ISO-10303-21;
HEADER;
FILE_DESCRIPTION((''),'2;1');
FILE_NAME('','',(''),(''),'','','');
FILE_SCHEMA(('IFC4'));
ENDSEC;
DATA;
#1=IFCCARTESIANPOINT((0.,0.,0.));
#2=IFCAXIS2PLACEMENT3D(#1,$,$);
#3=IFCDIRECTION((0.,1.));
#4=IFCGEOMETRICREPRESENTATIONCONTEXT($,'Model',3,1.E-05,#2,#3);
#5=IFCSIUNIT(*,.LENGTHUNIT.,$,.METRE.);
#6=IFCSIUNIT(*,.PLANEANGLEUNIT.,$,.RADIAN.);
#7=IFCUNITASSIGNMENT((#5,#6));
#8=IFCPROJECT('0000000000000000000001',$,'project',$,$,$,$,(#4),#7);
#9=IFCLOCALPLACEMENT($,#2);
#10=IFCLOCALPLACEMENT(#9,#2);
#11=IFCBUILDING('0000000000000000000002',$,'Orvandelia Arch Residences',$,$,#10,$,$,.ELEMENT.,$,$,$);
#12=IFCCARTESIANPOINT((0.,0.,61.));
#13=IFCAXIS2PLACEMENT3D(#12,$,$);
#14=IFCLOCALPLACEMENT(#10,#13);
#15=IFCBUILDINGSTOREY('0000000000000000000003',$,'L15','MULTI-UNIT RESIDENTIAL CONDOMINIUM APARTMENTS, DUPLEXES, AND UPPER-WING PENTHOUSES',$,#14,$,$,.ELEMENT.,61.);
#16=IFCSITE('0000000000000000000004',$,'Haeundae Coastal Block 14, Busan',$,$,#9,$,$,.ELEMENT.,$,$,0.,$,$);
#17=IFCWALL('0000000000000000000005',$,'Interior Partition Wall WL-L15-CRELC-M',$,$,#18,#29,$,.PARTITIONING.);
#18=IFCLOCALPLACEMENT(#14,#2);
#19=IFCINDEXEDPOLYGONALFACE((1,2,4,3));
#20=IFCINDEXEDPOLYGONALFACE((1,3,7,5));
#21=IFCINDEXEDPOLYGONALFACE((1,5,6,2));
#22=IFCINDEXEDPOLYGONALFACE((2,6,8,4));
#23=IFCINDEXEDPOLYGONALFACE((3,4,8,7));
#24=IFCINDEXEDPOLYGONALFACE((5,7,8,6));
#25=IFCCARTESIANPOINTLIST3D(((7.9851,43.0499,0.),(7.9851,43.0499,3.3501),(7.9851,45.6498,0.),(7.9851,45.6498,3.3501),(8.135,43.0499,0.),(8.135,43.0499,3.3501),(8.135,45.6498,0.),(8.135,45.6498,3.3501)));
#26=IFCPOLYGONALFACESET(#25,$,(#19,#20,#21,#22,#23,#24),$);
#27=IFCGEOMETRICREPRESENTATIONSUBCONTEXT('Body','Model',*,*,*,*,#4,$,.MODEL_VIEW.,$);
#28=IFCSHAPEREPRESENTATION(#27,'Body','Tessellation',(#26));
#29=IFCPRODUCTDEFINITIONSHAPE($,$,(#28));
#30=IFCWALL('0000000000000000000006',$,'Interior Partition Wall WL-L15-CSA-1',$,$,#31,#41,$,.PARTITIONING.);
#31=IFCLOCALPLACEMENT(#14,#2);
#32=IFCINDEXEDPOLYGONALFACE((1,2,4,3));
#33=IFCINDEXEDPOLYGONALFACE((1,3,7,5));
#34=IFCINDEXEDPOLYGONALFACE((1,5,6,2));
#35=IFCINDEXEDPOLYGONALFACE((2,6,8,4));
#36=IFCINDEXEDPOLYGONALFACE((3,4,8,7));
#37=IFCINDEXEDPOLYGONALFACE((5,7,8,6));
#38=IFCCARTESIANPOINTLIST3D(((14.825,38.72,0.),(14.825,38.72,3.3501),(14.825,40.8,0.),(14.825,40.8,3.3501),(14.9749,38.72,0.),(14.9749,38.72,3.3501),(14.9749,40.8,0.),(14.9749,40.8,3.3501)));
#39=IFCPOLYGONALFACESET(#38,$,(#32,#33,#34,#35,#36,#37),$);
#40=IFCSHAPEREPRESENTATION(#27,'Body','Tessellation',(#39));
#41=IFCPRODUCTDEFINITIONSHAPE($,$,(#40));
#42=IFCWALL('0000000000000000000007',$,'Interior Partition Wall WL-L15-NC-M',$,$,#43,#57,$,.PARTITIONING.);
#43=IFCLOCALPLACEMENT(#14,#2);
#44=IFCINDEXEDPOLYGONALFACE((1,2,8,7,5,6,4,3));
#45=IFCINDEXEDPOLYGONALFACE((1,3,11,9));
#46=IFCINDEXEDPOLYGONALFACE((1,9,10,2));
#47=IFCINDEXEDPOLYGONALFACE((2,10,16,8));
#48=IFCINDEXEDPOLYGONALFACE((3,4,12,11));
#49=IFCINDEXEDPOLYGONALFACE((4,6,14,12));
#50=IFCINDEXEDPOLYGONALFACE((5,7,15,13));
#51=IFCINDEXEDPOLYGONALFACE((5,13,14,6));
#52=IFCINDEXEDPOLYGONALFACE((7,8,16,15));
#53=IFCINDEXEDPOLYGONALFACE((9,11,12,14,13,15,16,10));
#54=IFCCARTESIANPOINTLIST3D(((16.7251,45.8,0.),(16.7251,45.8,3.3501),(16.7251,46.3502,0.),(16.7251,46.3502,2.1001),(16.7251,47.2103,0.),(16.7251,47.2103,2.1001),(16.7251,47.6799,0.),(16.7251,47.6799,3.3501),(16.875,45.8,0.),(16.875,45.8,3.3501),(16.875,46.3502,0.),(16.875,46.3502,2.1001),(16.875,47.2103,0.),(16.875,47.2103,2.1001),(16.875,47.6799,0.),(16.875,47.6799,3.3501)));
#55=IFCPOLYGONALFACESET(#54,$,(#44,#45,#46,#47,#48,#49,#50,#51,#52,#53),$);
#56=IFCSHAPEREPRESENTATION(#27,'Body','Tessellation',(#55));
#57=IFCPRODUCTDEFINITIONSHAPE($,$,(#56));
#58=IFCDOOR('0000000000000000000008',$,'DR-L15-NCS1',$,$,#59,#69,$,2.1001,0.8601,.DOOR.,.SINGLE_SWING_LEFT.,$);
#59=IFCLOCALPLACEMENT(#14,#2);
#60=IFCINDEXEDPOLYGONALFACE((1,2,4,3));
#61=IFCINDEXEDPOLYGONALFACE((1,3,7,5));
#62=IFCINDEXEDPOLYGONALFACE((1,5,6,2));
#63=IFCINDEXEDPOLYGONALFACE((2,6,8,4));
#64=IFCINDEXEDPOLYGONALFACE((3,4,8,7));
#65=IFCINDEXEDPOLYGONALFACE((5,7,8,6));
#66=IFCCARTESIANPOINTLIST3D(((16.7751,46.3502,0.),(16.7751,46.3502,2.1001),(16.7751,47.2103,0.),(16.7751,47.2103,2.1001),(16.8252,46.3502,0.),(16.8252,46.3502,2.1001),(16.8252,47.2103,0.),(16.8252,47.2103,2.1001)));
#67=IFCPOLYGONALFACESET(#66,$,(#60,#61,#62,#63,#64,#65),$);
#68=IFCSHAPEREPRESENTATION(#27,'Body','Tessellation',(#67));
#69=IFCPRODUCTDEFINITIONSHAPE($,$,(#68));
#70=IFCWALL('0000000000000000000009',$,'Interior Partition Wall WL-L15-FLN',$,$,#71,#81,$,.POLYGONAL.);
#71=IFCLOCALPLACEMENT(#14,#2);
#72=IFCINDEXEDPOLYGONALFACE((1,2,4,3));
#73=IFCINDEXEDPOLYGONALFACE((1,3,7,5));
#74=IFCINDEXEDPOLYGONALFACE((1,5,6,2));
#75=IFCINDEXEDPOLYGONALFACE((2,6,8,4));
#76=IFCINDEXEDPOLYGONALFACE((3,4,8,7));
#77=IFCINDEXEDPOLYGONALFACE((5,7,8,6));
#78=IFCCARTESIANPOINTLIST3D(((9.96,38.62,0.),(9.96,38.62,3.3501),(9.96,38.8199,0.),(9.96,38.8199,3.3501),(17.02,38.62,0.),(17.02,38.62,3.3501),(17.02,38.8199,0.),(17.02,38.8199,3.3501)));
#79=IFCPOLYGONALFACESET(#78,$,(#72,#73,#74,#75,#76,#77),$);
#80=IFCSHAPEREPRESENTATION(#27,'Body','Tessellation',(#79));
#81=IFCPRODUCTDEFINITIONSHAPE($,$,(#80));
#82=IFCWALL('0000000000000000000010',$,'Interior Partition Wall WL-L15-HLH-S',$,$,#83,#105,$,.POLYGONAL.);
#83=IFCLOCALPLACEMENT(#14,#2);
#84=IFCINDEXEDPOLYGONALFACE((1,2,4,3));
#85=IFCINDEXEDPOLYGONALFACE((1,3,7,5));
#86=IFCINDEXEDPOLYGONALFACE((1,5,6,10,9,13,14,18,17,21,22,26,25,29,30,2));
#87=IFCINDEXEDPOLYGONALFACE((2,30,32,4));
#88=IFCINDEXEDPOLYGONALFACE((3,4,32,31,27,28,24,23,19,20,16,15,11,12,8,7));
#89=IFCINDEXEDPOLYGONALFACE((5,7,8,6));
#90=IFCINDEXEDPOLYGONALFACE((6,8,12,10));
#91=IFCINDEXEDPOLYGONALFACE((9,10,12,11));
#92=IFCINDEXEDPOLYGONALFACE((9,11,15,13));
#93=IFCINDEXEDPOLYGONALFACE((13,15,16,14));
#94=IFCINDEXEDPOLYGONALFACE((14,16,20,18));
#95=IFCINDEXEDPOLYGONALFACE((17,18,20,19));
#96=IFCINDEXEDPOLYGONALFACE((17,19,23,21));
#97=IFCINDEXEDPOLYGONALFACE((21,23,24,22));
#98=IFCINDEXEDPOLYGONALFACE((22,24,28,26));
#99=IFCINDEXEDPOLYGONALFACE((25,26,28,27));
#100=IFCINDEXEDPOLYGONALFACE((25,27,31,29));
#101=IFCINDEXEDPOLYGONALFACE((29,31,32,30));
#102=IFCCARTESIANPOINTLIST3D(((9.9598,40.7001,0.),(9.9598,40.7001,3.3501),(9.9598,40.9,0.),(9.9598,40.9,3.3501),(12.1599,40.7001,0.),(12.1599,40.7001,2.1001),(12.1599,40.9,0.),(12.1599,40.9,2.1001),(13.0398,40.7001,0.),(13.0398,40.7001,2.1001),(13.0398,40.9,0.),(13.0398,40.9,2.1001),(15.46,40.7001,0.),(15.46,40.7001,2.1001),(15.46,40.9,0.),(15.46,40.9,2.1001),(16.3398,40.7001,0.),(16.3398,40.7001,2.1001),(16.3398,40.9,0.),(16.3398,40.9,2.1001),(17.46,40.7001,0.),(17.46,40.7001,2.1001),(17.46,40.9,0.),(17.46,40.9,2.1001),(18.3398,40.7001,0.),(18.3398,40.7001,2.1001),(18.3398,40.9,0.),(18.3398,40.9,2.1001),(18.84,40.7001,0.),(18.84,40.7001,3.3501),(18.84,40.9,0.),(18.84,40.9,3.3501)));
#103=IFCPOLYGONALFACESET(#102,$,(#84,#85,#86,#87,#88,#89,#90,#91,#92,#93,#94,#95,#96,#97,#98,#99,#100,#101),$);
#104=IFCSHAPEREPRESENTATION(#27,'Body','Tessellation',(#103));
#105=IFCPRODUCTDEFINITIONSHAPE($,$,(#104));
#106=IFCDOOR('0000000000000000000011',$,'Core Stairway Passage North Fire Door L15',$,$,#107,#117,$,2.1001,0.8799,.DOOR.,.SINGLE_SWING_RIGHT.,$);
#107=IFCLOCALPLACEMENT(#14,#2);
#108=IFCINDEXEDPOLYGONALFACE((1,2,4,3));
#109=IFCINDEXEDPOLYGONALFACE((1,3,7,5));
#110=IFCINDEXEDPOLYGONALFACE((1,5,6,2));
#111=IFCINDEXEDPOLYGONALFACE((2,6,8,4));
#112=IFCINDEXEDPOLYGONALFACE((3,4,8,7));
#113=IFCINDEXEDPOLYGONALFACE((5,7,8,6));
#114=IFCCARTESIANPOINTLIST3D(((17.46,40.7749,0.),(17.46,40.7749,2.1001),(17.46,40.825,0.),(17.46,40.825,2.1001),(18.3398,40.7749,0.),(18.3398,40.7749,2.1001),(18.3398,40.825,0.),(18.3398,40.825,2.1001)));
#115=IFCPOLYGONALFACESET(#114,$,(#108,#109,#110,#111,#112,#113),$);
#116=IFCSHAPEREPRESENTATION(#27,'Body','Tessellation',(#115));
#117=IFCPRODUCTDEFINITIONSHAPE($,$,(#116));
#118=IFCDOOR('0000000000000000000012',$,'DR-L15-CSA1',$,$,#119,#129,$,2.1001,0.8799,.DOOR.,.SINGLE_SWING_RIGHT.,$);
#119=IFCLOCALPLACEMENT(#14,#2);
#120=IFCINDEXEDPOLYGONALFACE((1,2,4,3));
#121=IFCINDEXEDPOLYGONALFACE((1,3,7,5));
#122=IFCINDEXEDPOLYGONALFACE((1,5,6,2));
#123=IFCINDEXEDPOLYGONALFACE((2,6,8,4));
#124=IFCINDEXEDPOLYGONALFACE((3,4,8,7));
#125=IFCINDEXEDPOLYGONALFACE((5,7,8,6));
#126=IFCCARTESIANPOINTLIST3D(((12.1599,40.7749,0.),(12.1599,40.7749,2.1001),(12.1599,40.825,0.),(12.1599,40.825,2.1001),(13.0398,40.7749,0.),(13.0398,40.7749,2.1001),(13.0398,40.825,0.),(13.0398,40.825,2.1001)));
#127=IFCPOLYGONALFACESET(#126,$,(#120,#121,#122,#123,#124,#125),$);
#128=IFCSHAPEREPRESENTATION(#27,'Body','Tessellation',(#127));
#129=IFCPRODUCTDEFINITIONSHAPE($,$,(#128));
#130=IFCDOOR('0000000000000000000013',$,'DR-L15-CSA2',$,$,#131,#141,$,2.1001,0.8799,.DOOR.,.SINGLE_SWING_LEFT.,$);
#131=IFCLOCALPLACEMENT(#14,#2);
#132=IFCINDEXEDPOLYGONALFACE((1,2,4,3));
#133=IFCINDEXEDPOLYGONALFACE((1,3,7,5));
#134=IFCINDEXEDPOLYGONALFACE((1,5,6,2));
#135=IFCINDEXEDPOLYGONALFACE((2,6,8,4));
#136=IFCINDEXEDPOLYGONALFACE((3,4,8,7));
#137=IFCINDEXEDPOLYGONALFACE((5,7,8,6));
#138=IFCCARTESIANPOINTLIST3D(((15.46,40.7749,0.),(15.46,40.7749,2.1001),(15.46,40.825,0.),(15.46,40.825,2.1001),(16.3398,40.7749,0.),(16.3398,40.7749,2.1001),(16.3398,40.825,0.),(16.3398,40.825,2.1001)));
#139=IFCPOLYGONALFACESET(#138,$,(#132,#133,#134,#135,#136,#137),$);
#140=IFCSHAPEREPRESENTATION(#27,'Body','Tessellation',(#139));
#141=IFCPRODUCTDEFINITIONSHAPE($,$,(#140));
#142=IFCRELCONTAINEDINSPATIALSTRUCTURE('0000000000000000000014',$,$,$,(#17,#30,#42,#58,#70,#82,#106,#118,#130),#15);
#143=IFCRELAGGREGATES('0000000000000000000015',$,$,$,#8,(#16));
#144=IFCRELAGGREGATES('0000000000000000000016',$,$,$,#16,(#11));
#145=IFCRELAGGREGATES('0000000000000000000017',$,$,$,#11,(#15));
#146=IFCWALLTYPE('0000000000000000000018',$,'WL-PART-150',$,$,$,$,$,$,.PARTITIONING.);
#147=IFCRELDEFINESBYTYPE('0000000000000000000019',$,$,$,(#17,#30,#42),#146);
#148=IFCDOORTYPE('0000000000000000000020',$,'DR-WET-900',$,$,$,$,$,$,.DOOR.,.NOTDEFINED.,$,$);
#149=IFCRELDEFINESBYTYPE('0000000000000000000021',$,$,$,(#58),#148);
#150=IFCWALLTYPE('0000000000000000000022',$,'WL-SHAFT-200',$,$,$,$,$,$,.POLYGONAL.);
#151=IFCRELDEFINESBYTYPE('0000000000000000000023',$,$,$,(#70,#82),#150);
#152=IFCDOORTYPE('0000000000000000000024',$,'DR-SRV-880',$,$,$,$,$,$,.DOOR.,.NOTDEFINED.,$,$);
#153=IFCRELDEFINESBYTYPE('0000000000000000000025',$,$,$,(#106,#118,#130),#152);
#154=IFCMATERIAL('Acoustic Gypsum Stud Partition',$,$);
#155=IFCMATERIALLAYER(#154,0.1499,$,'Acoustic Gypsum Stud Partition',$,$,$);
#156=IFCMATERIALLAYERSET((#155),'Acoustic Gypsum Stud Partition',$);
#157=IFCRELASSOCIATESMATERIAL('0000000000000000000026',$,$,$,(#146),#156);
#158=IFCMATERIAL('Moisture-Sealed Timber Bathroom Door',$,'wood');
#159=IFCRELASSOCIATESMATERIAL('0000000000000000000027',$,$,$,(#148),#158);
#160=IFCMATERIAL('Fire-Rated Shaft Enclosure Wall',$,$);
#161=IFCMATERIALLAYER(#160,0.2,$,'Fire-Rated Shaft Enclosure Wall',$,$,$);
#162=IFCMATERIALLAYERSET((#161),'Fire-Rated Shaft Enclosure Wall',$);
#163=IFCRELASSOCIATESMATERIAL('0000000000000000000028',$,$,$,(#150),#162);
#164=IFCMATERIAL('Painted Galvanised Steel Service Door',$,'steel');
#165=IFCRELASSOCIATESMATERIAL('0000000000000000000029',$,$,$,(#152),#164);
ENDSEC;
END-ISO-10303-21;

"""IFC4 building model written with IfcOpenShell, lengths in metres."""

from ifc_helpers import new_model, si_unit, direction, frame, frame_2d, origin, place, context, subcontext, project, spatial, rectangle, extrude, material, layer, layer_set, type_object, element, fill, save


model = new_model("IFC4")

# Units and contexts
model_context = context("Model", 3, precision=1e-05, world=origin(), true_north=direction((0.0, 1.0)))
body_context = subcontext(model_context, "Body", "Model", "MODEL_VIEW")
ifc_project = project(units=[si_unit("LENGTHUNIT", "METRE"), si_unit("PLANEANGLEUNIT", "RADIAN")], contexts=[model_context])

# Site, building, storey
site_placement = place(None, origin())
site = spatial("IfcSite", under=ifc_project, at=site_placement, Name="Haeundae Coastal Block 14, Busan", CompositionType="ELEMENT", RefElevation=0.0)
building_placement = place(site_placement, origin())
building = spatial("IfcBuilding", under=site, at=building_placement, Name="Orvandelia Arch Residences", CompositionType="ELEMENT")
storey_placement = place(building_placement, frame((0.0, 0.0, 61.0)))
storey = spatial("IfcBuildingStorey", under=building, at=storey_placement, Name="L15", Description="MULTI-UNIT RESIDENTIAL CONDOMINIUM APARTMENTS, DUPLEXES, AND UPPER-WING PENTHOUSES", CompositionType="ELEMENT", Elevation=61.0)

# Walls
ifc_material_1 = material(Name="Acoustic Gypsum Stud Partition")
ifc_layer_1 = layer(ifc_material_1, 0.1499, Name="Acoustic Gypsum Stud Partition")
ifc_layer_set_1 = layer_set([ifc_layer_1], Name="Acoustic Gypsum Stud Partition")
wall_type_1 = type_object("IfcWallType", Name="WL-PART-150", PredefinedType="PARTITIONING", material=ifc_layer_set_1)
wall_1_placement = place(storey_placement, frame((8.0601, 43.05, 0.0), z_axis=(0.0, 0.0, 1.0), x_axis=(0.0, 1.0, 0.0)))
element("IfcWall", 1, at=wall_1_placement, inside=storey, type_object=wall_type_1, Name="Interior Partition Wall WL-L15-CRELC-M", PredefinedType="PARTITIONING", context=body_context, shape_type="SweptSolid", body=[
    extrude(rectangle(XDim=2.5999, YDim=0.1499, at=frame_2d((1.2998, 0.0))), origin(), (0.0, 0.0, 1.0), 3.3501),
])
wall_2_placement = place(storey_placement, frame((14.8999, 38.72, 0.0), z_axis=(0.0, 0.0, 1.0), x_axis=(0.0, 1.0, 0.0)))
element("IfcWall", 2, at=wall_2_placement, inside=storey, type_object=wall_type_1, Name="Interior Partition Wall WL-L15-CSA-1", PredefinedType="PARTITIONING", context=body_context, shape_type="SweptSolid", body=[
    extrude(rectangle(XDim=2.0801, YDim=0.1499, at=frame_2d((1.04, 0.0))), origin(), (0.0, 0.0, 1.0), 3.3501),
])

# Wall, opening, door
wall_3_placement = place(storey_placement, frame((16.8, 45.8, 0.0), z_axis=(0.0, 0.0, 1.0), x_axis=(0.0, 1.0, 0.0)))
wall_3 = element("IfcWall", 3, at=wall_3_placement, inside=storey, type_object=wall_type_1, Name="Interior Partition Wall WL-L15-NC-M", PredefinedType="PARTITIONING", context=body_context, shape_type="SweptSolid", body=[
    extrude(rectangle(XDim=1.8799, YDim=0.1499, at=frame_2d((0.9399, 0.0))), origin(), (0.0, 0.0, 1.0), 3.3501),
])
opening_1_placement = place(wall_3_placement, frame((0.55, 0.0, 0.0)))
opening_1 = element("IfcOpeningElement", 4, at=opening_1_placement, cuts=wall_3, PredefinedType="OPENING", context=body_context, shape_type="SweptSolid", body=[
    extrude(rectangle(XDim=0.8601, YDim=2.1001, at=frame_2d((0.4302, 1.05))), frame((0.0, 0.085, 0.0), z_axis=(0.0, -1.0, 0.0), x_axis=(1.0, 0.0, 0.0)), (0.0, 0.0, 1.0), 0.1699),
])
ifc_material_2 = material(Name="Moisture-Sealed Timber Bathroom Door", Category="wood")
door_type_1 = type_object("IfcDoorType", Name="DR-WET-900", OperationType="NOTDEFINED", PredefinedType="DOOR", material=ifc_material_2)
door_1_placement = place(opening_1_placement, origin())
door_1 = element("IfcDoor", 5, at=door_1_placement, inside=storey, type_object=door_type_1, Name="DR-L15-NCS1", OperationType="SINGLE_SWING_LEFT", OverallHeight=2.1001, OverallWidth=0.8601, PredefinedType="DOOR", context=body_context, shape_type="SweptSolid", body=[
    extrude(rectangle(XDim=0.8601, YDim=2.1001, at=frame_2d((0.4302, 1.05))), frame((0.0, 0.0249, 0.0), z_axis=(0.0, -1.0, 0.0), x_axis=(1.0, 0.0, 0.0)), (0.0, 0.0, 1.0), 0.05),
])
fill(opening_1, door_1)

# Wall
ifc_material_3 = material(Name="Fire-Rated Shaft Enclosure Wall")
ifc_layer_2 = layer(ifc_material_3, 0.2, Name="Fire-Rated Shaft Enclosure Wall")
ifc_layer_set_2 = layer_set([ifc_layer_2], Name="Fire-Rated Shaft Enclosure Wall")
wall_type_2 = type_object("IfcWallType", Name="WL-SHAFT-200", PredefinedType="POLYGONAL", material=ifc_layer_set_2)
wall_4_placement = place(storey_placement, frame((9.96, 38.72, 0.0), z_axis=(0.0, 0.0, 1.0), x_axis=(1.0, 0.0, 0.0)))
element("IfcWall", 6, at=wall_4_placement, inside=storey, type_object=wall_type_2, Name="Interior Partition Wall WL-L15-FLN", PredefinedType="POLYGONAL", context=body_context, shape_type="SweptSolid", body=[
    extrude(rectangle(XDim=7.0601, YDim=0.2, at=frame_2d((3.53, 0.0))), origin(), (0.0, 0.0, 1.0), 3.3501),
])

# Wall, openings, doors
wall_5_placement = place(storey_placement, frame((9.96, 40.8, 0.0), z_axis=(0.0, 0.0, 1.0), x_axis=(1.0, 0.0, 0.0)))
wall_5 = element("IfcWall", 7, at=wall_5_placement, inside=storey, type_object=wall_type_2, Name="Interior Partition Wall WL-L15-HLH-S", PredefinedType="POLYGONAL", context=body_context, shape_type="SweptSolid", body=[
    extrude(rectangle(XDim=8.8801, YDim=0.2, at=frame_2d((4.4399, 0.0))), origin(), (0.0, 0.0, 1.0), 3.3501),
])
opening_2_placement = place(wall_5_placement, frame((7.5, 0.0, 0.0)))
opening_2 = element("IfcOpeningElement", 8, at=opening_2_placement, cuts=wall_5, PredefinedType="OPENING", context=body_context, shape_type="SweptSolid", body=[
    extrude(rectangle(XDim=0.8799, YDim=2.1001, at=frame_2d((0.4399, 1.05))), frame((0.0, 0.1099, 0.0), z_axis=(0.0, -1.0, 0.0), x_axis=(1.0, 0.0, 0.0)), (0.0, 0.0, 1.0), 0.22),
])
opening_3_placement = place(wall_5_placement, frame((2.2, 0.0, 0.0)))
opening_3 = element("IfcOpeningElement", 9, at=opening_3_placement, cuts=wall_5, PredefinedType="OPENING", context=body_context, shape_type="SweptSolid", body=[
    extrude(rectangle(XDim=0.8799, YDim=2.1001, at=frame_2d((0.4399, 1.05))), frame((0.0, 0.1099, 0.0), z_axis=(0.0, -1.0, 0.0), x_axis=(1.0, 0.0, 0.0)), (0.0, 0.0, 1.0), 0.22),
])
opening_4_placement = place(wall_5_placement, frame((5.5, 0.0, 0.0)))
opening_4 = element("IfcOpeningElement", 10, at=opening_4_placement, cuts=wall_5, PredefinedType="OPENING", context=body_context, shape_type="SweptSolid", body=[
    extrude(rectangle(XDim=0.8799, YDim=2.1001, at=frame_2d((0.4399, 1.05))), frame((0.0, 0.1099, 0.0), z_axis=(0.0, -1.0, 0.0), x_axis=(1.0, 0.0, 0.0)), (0.0, 0.0, 1.0), 0.22),
])
ifc_material_4 = material(Name="Painted Galvanised Steel Service Door", Category="steel")
door_type_2 = type_object("IfcDoorType", Name="DR-SRV-880", OperationType="NOTDEFINED", PredefinedType="DOOR", material=ifc_material_4)
door_2_placement = place(opening_2_placement, origin())
door_2 = element("IfcDoor", 11, at=door_2_placement, inside=storey, type_object=door_type_2, Name="Core Stairway Passage North Fire Door L15", OperationType="SINGLE_SWING_RIGHT", OverallHeight=2.1001, OverallWidth=0.8799, PredefinedType="DOOR", context=body_context, shape_type="SweptSolid", body=[
    extrude(rectangle(XDim=0.8799, YDim=2.1001, at=frame_2d((0.4399, 1.05))), frame((0.0, 0.0249, 0.0), z_axis=(0.0, -1.0, 0.0), x_axis=(1.0, 0.0, 0.0)), (0.0, 0.0, 1.0), 0.05),
])
fill(opening_2, door_2)
door_3_placement = place(opening_3_placement, origin())
door_3 = element("IfcDoor", 12, at=door_3_placement, inside=storey, type_object=door_type_2, Name="DR-L15-CSA1", OperationType="SINGLE_SWING_RIGHT", OverallHeight=2.1001, OverallWidth=0.8799, PredefinedType="DOOR", context=body_context, shape_type="SweptSolid", body=[
    extrude(rectangle(XDim=0.8799, YDim=2.1001, at=frame_2d((0.4399, 1.05))), frame((0.0, 0.0249, 0.0), z_axis=(0.0, -1.0, 0.0), x_axis=(1.0, 0.0, 0.0)), (0.0, 0.0, 1.0), 0.05),
])
fill(opening_3, door_3)
door_4_placement = place(opening_4_placement, origin())
door_4 = element("IfcDoor", 13, at=door_4_placement, inside=storey, type_object=door_type_2, Name="DR-L15-CSA2", OperationType="SINGLE_SWING_LEFT", OverallHeight=2.1001, OverallWidth=0.8799, PredefinedType="DOOR", context=body_context, shape_type="SweptSolid", body=[
    extrude(rectangle(XDim=0.8799, YDim=2.1001, at=frame_2d((0.4399, 1.05))), frame((0.0, 0.0249, 0.0), z_axis=(0.0, -1.0, 0.0), x_axis=(1.0, 0.0, 0.0)), (0.0, 0.0, 1.0), 0.05),
])
fill(opening_4, door_4)

save(model, "model.ifc")
